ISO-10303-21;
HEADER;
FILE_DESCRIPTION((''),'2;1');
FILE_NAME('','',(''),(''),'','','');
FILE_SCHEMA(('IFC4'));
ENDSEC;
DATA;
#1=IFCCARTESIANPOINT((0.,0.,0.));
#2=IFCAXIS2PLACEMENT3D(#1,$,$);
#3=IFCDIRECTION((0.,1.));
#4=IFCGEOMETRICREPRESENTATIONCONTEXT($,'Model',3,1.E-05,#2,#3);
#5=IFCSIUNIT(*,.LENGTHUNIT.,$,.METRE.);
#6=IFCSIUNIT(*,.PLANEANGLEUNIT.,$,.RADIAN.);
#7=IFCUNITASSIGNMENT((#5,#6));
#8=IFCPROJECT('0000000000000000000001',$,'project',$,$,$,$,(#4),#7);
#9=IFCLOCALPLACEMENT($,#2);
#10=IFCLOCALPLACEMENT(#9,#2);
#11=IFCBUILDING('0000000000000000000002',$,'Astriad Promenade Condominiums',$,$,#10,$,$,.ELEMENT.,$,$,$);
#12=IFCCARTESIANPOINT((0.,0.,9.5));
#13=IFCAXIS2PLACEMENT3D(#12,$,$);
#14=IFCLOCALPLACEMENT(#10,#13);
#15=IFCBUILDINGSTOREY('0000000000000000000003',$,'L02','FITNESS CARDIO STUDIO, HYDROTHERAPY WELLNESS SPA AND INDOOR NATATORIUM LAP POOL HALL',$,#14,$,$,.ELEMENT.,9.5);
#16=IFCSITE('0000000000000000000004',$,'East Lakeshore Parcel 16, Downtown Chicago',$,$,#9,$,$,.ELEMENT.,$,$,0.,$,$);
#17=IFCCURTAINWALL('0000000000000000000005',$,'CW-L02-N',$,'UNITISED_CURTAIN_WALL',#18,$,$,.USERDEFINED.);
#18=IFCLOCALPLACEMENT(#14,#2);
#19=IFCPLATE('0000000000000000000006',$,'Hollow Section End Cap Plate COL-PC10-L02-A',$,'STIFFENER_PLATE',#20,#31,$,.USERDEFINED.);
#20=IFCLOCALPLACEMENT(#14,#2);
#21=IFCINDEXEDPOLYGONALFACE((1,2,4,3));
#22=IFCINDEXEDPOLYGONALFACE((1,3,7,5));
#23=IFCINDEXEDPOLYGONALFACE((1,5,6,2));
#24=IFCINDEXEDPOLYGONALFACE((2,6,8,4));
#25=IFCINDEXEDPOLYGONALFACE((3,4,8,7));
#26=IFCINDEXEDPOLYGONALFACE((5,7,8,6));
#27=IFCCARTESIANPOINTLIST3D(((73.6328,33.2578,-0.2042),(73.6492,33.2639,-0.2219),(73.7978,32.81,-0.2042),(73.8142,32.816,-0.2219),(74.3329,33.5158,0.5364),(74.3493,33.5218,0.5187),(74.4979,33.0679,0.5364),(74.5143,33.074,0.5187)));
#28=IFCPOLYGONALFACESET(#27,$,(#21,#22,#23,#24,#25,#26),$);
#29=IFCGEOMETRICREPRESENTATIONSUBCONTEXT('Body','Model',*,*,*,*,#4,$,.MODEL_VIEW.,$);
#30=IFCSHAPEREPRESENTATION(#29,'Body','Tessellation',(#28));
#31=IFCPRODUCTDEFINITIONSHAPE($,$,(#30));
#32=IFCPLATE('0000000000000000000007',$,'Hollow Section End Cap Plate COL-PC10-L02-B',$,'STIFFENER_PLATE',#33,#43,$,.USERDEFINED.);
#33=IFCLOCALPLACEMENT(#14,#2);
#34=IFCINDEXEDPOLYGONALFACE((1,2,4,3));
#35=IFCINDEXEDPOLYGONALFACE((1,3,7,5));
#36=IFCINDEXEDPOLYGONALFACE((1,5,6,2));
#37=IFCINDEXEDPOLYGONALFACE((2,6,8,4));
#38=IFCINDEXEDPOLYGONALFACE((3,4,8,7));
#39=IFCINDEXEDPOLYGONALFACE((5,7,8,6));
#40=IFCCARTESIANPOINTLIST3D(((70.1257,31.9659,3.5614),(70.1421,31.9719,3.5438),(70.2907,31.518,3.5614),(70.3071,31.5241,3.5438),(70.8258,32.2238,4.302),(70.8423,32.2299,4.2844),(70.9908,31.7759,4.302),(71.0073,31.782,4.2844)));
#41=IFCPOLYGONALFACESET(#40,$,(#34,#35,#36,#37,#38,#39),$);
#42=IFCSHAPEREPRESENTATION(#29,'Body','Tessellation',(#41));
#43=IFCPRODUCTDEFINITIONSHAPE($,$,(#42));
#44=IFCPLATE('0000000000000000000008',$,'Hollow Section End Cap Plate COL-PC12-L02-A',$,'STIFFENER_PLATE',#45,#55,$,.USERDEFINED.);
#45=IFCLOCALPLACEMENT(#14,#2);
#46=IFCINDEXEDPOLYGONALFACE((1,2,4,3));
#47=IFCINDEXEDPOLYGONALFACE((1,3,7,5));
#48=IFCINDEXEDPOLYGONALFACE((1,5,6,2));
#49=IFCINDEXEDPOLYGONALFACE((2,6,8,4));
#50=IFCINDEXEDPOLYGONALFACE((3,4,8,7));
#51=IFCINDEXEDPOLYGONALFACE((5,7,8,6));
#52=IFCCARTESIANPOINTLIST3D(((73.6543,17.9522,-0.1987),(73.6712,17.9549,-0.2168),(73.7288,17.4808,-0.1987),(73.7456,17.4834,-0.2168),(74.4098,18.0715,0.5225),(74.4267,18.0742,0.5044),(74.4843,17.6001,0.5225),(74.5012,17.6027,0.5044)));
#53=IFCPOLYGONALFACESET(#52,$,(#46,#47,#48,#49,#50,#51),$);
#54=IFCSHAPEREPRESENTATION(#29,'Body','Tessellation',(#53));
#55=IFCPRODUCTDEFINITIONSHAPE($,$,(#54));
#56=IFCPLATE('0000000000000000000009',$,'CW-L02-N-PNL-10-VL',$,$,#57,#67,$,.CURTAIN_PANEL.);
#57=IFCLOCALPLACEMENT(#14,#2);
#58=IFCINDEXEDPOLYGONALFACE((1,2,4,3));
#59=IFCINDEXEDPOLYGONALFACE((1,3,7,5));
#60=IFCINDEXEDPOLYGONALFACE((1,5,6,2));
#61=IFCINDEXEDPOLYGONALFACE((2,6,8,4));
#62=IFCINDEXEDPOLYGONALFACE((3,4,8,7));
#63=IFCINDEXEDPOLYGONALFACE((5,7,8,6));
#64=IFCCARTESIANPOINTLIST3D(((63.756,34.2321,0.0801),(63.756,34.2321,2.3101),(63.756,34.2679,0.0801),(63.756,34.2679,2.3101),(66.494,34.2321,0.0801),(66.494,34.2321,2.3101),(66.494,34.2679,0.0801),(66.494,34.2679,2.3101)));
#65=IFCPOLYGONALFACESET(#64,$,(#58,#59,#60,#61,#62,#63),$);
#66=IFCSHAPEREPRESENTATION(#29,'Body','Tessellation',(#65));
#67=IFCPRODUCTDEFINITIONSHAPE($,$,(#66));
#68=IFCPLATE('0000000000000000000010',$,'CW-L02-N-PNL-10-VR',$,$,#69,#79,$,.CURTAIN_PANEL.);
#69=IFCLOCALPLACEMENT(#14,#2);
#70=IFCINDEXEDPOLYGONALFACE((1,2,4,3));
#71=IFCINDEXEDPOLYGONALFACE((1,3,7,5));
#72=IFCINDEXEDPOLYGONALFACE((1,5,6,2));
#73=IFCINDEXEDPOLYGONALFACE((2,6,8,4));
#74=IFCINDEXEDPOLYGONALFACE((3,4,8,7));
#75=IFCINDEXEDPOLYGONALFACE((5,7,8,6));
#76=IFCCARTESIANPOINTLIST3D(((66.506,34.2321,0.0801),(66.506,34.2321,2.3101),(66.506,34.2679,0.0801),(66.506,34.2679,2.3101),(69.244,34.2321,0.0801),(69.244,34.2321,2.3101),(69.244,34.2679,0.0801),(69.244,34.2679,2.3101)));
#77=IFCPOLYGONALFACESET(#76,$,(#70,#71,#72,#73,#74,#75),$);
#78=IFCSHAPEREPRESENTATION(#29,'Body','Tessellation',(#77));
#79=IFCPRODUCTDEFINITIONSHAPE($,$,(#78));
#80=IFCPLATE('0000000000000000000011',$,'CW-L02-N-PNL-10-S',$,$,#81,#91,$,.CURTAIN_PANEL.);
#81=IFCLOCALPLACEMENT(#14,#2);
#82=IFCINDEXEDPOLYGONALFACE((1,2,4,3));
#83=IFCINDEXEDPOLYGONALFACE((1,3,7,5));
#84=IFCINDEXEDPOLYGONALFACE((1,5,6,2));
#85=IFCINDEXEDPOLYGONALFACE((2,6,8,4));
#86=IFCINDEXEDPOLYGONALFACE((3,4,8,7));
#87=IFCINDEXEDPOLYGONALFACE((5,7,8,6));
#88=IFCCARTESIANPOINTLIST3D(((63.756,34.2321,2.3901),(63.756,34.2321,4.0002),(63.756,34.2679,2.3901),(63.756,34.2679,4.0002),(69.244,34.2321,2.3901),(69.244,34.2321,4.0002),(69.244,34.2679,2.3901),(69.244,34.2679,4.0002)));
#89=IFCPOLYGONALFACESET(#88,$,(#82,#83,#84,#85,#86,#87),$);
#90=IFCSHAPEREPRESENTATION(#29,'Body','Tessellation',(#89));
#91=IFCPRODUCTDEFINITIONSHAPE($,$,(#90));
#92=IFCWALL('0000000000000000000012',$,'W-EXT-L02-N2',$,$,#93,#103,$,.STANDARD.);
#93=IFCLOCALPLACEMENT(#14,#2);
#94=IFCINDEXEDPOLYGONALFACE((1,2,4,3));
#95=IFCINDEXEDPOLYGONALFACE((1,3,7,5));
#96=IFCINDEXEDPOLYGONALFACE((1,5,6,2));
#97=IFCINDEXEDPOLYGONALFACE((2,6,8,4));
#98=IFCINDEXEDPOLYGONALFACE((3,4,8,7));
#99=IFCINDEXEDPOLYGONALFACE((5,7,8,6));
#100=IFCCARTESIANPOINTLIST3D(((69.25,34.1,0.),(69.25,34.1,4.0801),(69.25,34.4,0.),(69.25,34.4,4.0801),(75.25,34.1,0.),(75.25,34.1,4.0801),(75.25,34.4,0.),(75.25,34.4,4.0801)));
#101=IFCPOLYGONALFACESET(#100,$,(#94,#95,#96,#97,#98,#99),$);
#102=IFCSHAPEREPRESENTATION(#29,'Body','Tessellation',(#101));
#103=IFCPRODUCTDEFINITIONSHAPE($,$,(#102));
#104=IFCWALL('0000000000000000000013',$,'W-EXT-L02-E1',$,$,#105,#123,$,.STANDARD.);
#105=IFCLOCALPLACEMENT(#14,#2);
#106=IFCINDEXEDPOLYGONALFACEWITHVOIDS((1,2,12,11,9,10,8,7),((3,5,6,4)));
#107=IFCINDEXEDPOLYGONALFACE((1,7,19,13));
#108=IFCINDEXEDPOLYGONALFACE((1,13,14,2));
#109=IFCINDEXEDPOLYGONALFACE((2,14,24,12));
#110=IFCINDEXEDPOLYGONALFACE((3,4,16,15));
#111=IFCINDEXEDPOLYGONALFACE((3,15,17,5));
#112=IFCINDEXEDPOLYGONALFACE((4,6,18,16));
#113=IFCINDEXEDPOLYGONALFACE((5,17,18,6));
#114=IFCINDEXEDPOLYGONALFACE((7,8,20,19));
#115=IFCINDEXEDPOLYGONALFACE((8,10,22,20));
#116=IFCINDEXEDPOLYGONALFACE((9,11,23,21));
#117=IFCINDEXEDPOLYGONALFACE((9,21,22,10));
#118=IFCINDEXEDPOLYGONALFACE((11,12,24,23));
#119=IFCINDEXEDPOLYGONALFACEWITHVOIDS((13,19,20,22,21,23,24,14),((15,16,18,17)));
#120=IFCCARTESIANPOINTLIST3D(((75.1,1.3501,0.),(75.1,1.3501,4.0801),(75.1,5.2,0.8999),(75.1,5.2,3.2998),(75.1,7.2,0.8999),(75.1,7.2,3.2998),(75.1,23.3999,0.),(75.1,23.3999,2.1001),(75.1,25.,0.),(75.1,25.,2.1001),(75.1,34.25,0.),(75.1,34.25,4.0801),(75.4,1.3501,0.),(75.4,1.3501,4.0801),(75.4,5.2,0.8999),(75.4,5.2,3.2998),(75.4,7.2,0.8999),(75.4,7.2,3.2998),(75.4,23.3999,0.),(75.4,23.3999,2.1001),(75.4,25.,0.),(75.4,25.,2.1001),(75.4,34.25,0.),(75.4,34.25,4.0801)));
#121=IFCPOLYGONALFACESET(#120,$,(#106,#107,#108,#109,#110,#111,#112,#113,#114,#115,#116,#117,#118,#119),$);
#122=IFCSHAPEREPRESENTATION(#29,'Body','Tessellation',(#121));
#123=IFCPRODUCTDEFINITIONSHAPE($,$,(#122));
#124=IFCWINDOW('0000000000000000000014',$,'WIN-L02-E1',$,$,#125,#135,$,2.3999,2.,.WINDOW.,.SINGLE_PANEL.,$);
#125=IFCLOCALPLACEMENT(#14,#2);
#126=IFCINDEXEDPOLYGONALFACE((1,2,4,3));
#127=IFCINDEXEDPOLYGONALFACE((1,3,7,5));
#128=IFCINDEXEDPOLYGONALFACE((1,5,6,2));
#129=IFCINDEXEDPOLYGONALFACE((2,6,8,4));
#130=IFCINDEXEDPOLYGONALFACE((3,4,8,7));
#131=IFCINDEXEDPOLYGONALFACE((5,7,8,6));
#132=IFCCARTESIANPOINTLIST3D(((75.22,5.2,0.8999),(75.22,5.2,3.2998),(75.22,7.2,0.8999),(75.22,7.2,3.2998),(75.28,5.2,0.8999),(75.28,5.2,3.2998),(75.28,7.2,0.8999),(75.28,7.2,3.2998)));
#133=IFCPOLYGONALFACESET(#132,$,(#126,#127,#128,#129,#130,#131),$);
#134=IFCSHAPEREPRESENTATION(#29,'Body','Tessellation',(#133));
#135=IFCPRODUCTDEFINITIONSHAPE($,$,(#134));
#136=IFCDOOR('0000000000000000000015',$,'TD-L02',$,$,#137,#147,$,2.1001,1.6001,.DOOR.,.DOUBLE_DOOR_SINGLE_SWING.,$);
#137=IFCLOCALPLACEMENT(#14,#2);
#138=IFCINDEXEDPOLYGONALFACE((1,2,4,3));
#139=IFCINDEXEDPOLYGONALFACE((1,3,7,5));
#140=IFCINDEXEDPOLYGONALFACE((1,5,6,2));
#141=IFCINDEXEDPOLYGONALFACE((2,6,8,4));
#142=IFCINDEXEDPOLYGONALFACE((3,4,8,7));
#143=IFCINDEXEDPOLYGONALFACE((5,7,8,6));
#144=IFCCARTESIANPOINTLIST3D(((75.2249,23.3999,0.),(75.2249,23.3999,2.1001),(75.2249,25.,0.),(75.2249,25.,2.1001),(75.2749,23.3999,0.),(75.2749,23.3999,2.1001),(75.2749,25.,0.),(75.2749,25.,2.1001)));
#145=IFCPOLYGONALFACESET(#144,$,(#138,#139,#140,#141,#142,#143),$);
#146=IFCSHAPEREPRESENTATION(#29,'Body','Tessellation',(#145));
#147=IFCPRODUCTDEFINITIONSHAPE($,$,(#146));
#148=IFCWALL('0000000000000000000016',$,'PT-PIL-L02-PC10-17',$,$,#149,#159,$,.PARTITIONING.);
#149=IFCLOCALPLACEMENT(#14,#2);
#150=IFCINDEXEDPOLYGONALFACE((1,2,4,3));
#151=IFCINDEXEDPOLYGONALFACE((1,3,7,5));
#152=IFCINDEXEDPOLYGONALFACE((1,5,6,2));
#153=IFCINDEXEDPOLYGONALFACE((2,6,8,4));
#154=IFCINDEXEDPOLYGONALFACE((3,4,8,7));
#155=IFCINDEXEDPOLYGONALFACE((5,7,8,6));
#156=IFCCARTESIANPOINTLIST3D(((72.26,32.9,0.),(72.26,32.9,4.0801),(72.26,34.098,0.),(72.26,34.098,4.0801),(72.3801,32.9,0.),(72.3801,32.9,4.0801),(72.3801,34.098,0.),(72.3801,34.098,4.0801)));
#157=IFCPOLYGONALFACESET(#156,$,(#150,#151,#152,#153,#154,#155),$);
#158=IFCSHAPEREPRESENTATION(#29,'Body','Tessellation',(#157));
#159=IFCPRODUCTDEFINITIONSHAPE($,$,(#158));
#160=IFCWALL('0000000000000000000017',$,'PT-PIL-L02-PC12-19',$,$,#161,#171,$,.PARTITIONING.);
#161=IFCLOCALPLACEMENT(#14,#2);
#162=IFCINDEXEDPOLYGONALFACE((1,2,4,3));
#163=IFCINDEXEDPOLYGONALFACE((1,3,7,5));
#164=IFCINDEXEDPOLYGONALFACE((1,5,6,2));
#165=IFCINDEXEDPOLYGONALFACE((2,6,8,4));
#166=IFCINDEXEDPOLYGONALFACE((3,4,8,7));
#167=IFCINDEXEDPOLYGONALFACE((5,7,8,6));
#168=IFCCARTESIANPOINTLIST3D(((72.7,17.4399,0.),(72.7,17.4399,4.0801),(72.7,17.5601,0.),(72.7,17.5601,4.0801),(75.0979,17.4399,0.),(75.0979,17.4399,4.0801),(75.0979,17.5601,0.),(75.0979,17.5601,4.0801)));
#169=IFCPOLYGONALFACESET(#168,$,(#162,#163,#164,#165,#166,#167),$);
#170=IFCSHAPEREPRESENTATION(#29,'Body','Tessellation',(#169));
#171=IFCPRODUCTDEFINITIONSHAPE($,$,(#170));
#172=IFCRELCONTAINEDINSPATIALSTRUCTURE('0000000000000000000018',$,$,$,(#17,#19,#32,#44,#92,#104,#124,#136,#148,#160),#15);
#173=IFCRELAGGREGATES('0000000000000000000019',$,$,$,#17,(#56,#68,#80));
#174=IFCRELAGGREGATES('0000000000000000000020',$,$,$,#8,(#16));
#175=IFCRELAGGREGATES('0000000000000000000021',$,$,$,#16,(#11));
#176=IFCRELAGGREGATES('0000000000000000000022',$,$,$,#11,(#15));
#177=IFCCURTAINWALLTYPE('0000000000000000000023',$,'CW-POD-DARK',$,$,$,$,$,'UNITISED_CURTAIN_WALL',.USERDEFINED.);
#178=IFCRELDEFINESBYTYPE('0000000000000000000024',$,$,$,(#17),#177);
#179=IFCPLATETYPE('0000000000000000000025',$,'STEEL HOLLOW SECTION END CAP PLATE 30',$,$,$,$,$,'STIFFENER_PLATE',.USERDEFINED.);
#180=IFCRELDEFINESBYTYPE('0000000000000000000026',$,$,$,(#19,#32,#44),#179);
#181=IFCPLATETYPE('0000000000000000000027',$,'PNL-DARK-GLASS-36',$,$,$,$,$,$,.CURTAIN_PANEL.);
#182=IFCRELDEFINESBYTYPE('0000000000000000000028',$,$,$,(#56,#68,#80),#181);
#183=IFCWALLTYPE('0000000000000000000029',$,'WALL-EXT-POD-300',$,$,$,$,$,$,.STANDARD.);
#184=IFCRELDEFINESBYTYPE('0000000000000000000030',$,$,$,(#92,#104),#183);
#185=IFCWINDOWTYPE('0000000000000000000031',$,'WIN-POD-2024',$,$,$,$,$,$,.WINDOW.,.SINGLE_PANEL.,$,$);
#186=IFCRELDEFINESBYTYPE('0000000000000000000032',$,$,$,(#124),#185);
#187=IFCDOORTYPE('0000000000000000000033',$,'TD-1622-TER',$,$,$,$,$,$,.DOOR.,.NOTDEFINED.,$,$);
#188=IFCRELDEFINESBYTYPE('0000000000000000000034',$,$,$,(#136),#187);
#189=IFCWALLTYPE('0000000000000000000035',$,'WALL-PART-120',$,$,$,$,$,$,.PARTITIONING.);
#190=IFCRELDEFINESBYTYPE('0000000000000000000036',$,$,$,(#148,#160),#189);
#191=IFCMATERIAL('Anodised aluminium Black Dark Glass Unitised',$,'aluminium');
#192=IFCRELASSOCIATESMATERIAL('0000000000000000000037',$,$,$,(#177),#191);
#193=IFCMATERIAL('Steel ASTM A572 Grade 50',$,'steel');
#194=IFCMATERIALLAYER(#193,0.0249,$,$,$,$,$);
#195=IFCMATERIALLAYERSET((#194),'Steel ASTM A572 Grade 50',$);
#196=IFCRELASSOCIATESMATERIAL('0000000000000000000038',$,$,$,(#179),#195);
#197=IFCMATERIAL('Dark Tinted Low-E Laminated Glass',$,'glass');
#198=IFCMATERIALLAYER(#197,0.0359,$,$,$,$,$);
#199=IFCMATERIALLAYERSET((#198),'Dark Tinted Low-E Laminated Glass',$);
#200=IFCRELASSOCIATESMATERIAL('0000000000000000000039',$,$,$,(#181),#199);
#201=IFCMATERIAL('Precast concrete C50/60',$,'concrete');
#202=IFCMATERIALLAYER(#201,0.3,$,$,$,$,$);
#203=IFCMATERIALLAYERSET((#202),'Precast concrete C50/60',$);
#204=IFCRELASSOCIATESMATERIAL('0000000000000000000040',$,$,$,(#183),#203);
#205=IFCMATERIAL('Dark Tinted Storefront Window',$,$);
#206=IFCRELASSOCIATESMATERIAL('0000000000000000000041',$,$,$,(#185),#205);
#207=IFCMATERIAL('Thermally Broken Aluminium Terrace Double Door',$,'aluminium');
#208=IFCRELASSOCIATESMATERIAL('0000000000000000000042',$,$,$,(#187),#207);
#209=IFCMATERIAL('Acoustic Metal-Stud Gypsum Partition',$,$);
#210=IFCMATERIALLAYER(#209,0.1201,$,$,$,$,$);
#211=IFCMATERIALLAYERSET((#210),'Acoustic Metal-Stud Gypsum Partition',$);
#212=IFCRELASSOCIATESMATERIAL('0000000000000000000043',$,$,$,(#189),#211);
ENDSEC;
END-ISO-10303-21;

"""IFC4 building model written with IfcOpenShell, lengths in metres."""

from ifc_helpers import new_model, si_unit, direction, frame, frame_2d, origin, origin_2d, place, context, subcontext, project, spatial, rectangle, extrude, source, transform, mapped, material, layer, layer_set, type_object, type_shapes, element, fill, aggregate, save


model = new_model("IFC4")

# Units and contexts
model_context = context("Model", 3, precision=1e-05, world=origin(), true_north=direction((0.0, 1.0)))
body_context = subcontext(model_context, "Body", "Model", "MODEL_VIEW")
ifc_project = project(units=[si_unit("LENGTHUNIT", "METRE"), si_unit("PLANEANGLEUNIT", "RADIAN")], contexts=[model_context])

# Site, building, storey
site_placement = place(None, origin())
site = spatial("IfcSite", under=ifc_project, at=site_placement, Name="East Lakeshore Parcel 16, Downtown Chicago", CompositionType="ELEMENT", RefElevation=0.0)
building_placement = place(site_placement, origin())
building = spatial("IfcBuilding", under=site, at=building_placement, Name="Astriad Promenade Condominiums", CompositionType="ELEMENT")
storey_placement = place(building_placement, frame((0.0, 0.0, 9.5)))
storey = spatial("IfcBuildingStorey", under=building, at=storey_placement, Name="L02", Description="FITNESS CARDIO STUDIO, HYDROTHERAPY WELLNESS SPA AND INDOOR NATATORIUM LAP POOL HALL", CompositionType="ELEMENT", Elevation=9.5)

# Curtain wall
ifc_material_1 = material(Name="Anodised aluminium Black Dark Glass Unitised", Category="aluminium")
curtain_wall_type = type_object("IfcCurtainWallType", Name="CW-POD-DARK", ElementType="UNITISED_CURTAIN_WALL", PredefinedType="USERDEFINED", material=ifc_material_1)
curtain_wall_placement = place(storey_placement, origin())
curtain_wall = element("IfcCurtainWall", 1, at=curtain_wall_placement, inside=storey, type_object=curtain_wall_type, Name="CW-L02-N", ObjectType="UNITISED_CURTAIN_WALL", PredefinedType="USERDEFINED")

# Plates
ifc_material_2 = material(Name="Steel ASTM A572 Grade 50", Category="steel")
ifc_layer_1 = layer(ifc_material_2, 0.0249)
ifc_layer_set_1 = layer_set([ifc_layer_1], Name="Steel ASTM A572 Grade 50")
plate_type_1 = type_object("IfcPlateType", Name="STEEL HOLLOW SECTION END CAP PLATE 30", ElementType="STIFFENER_PLATE", PredefinedType="USERDEFINED", material=ifc_layer_set_1)
shared_shape_1 = source(origin(), body_context, "Body", "SweptSolid", [
    extrude(rectangle(XDim=0.4773, YDim=1.0513, at=origin_2d()), origin(), (0.0, 0.0, 1.0), 0.0249),
])
type_shapes(plate_type_1, [shared_shape_1])
for number, where, z_axis, x_axis, name in (
    (2, (74.0818, 33.1689, 0.1484), (-0.661031, -0.243536, 0.709738), (0.345703, -0.938344, 0.0), "Hollow Section End Cap Plate COL-PC10-L02-A"),
    (3, (70.5747, 31.877, 3.9141), (-0.661031, -0.243536, 0.709738), (0.345703, -0.938344, 0.0), "Hollow Section End Cap Plate COL-PC10-L02-B"),
    (4, (74.0862, 17.7788, 0.1438), (-0.677634, -0.107005, 0.727573), (0.155977, -0.987761, 0.0), "Hollow Section End Cap Plate COL-PC12-L02-A"),
):
    element("IfcPlate", number, at=place(storey_placement, frame(where, z_axis=z_axis, x_axis=x_axis)), inside=storey, type_object=plate_type_1, Name=name, ObjectType="STIFFENER_PLATE", PredefinedType="USERDEFINED", context=body_context, shape_type="MappedRepresentation", body=[
        mapped(shared_shape_1, transform((0.0, 0.0, 0.0), scale=1.0)),
    ])

# Plates
ifc_material_3 = material(Name="Dark Tinted Low-E Laminated Glass", Category="glass")
ifc_layer_2 = layer(ifc_material_3, 0.0359)
ifc_layer_set_2 = layer_set([ifc_layer_2], Name="Dark Tinted Low-E Laminated Glass")
plate_type_2 = type_object("IfcPlateType", Name="PNL-DARK-GLASS-36", PredefinedType="CURTAIN_PANEL", material=ifc_layer_set_2)
shared_shape_2 = source(origin(), body_context, "Body", "SweptSolid", [
    extrude(rectangle(XDim=2.738, YDim=0.0359, at=origin_2d()), origin(), (0.0, 0.0, 1.0), 2.23),
])
plate_1_placement = place(storey_placement, frame((65.125, 34.25, 0.0801), z_axis=(0.0, 0.0, 1.0), x_axis=(1.0, 0.0, 0.0)))
plate_1 = element("IfcPlate", 5, at=plate_1_placement, type_object=plate_type_2, Name="CW-L02-N-PNL-10-VL", PredefinedType="CURTAIN_PANEL", context=body_context, shape_type="MappedRepresentation", body=[
    mapped(shared_shape_2, transform((0.0, 0.0, 0.0), scale=1.0)),
])
plate_2_placement = place(storey_placement, frame((67.875, 34.25, 0.0801), z_axis=(0.0, 0.0, 1.0), x_axis=(1.0, 0.0, 0.0)))
plate_2 = element("IfcPlate", 6, at=plate_2_placement, type_object=plate_type_2, Name="CW-L02-N-PNL-10-VR", PredefinedType="CURTAIN_PANEL", context=body_context, shape_type="MappedRepresentation", body=[
    mapped(shared_shape_2, transform((0.0, 0.0, 0.0), scale=1.0)),
])
shared_shape_3 = source(origin(), body_context, "Body", "SweptSolid", [
    extrude(rectangle(XDim=5.488, YDim=0.0359, at=origin_2d()), origin(), (0.0, 0.0, 1.0), 1.6101),
])
type_shapes(plate_type_2, [shared_shape_2, shared_shape_3])
plate_3_placement = place(storey_placement, frame((66.5, 34.25, 2.3901), z_axis=(0.0, 0.0, 1.0), x_axis=(1.0, 0.0, 0.0)))
plate_3 = element("IfcPlate", 7, at=plate_3_placement, type_object=plate_type_2, Name="CW-L02-N-PNL-10-S", PredefinedType="CURTAIN_PANEL", context=body_context, shape_type="MappedRepresentation", body=[
    mapped(shared_shape_3, transform((0.0, 0.0, 0.0), scale=1.0)),
])
aggregate(curtain_wall, [plate_1, plate_2, plate_3])

# Wall
ifc_material_4 = material(Name="Precast concrete C50/60", Category="concrete")
ifc_layer_3 = layer(ifc_material_4, 0.3)
ifc_layer_set_3 = layer_set([ifc_layer_3], Name="Precast concrete C50/60")
wall_type_1 = type_object("IfcWallType", Name="WALL-EXT-POD-300", PredefinedType="STANDARD", material=ifc_layer_set_3)
wall_1_placement = place(storey_placement, frame((69.25, 34.25, 0.0), z_axis=(0.0, 0.0, 1.0), x_axis=(1.0, 0.0, 0.0)))
element("IfcWall", 8, at=wall_1_placement, inside=storey, type_object=wall_type_1, Name="W-EXT-L02-N2", PredefinedType="STANDARD", context=body_context, shape_type="SweptSolid", body=[
    extrude(rectangle(XDim=6.0, YDim=0.3, at=frame_2d((3.0, 0.0))), origin(), (0.0, 0.0, 1.0), 4.0801),
])

# Wall, openings, window, door
wall_2_placement = place(storey_placement, frame((75.25, 34.25, 0.0), z_axis=(0.0, 0.0, 1.0), x_axis=(0.0, -1.0, 0.0)))
wall_2 = element("IfcWall", 9, at=wall_2_placement, inside=storey, type_object=wall_type_1, Name="W-EXT-L02-E1", PredefinedType="STANDARD", context=body_context, shape_type="SweptSolid", body=[
    extrude(rectangle(XDim=32.8999, YDim=0.3, at=frame_2d((16.45, 0.0))), origin(), (0.0, 0.0, 1.0), 4.0801),
])
opening_1_placement = place(wall_2_placement, frame((9.25, 0.0, 0.0)))
opening_1 = element("IfcOpeningElement", 10, at=opening_1_placement, cuts=wall_2, PredefinedType="OPENING", context=body_context, shape_type="SweptSolid", body=[
    extrude(rectangle(XDim=1.6001, YDim=2.1001, at=frame_2d((0.8, 1.05))), frame((0.0, 0.1599, 0.0), z_axis=(0.0, -1.0, 0.0), x_axis=(1.0, 0.0, 0.0)), (0.0, 0.0, 1.0), 0.3201),
])
opening_2_placement = place(wall_2_placement, frame((27.05, 0.0, 0.8999)))
opening_2 = element("IfcOpeningElement", 11, at=opening_2_placement, cuts=wall_2, PredefinedType="OPENING", context=body_context, shape_type="SweptSolid", body=[
    extrude(rectangle(XDim=2.0, YDim=2.3999, at=frame_2d((1.0, 1.2))), frame((0.0, 0.1599, 0.0), z_axis=(0.0, -1.0, 0.0), x_axis=(1.0, 0.0, 0.0)), (0.0, 0.0, 1.0), 0.3201),
])
ifc_material_5 = material(Name="Dark Tinted Storefront Window")
window_type = type_object("IfcWindowType", Name="WIN-POD-2024", PartitioningType="SINGLE_PANEL", PredefinedType="WINDOW", material=ifc_material_5)
shared_shape_4 = source(origin(), body_context, "Body", "SweptSolid", [
    extrude(rectangle(XDim=2.0, YDim=2.3999, at=frame_2d((1.0, 1.2))), frame((0.0, 0.03, 0.0), z_axis=(0.0, -1.0, 0.0), x_axis=(1.0, 0.0, 0.0)), (0.0, 0.0, 1.0), 0.0601),
])
type_shapes(window_type, [shared_shape_4])
window_placement = place(opening_2_placement, origin())
window = element("IfcWindow", 12, at=window_placement, inside=storey, type_object=window_type, Name="WIN-L02-E1", OverallHeight=2.3999, OverallWidth=2.0, PartitioningType="SINGLE_PANEL", PredefinedType="WINDOW", context=body_context, shape_type="MappedRepresentation", body=[
    mapped(shared_shape_4, transform((0.0, 0.0, 0.0), scale=1.0)),
])
fill(opening_2, window)
ifc_material_6 = material(Name="Thermally Broken Aluminium Terrace Double Door", Category="aluminium")
door_type = type_object("IfcDoorType", Name="TD-1622-TER", OperationType="NOTDEFINED", PredefinedType="DOOR", material=ifc_material_6)
shared_shape_5 = source(origin(), body_context, "Body", "SweptSolid", [
    extrude(rectangle(XDim=1.6001, YDim=2.1001, at=frame_2d((0.8, 1.05))), frame((0.0, 0.0249, 0.0), z_axis=(0.0, -1.0, 0.0), x_axis=(1.0, 0.0, 0.0)), (0.0, 0.0, 1.0), 0.05),
])
type_shapes(door_type, [shared_shape_5])
door_placement = place(opening_1_placement, origin())
door = element("IfcDoor", 13, at=door_placement, inside=storey, type_object=door_type, Name="TD-L02", OperationType="DOUBLE_DOOR_SINGLE_SWING", OverallHeight=2.1001, OverallWidth=1.6001, PredefinedType="DOOR", context=body_context, shape_type="MappedRepresentation", body=[
    mapped(shared_shape_5, transform((0.0, 0.0, 0.0), scale=1.0)),
])
fill(opening_1, door)

# Walls
ifc_material_7 = material(Name="Acoustic Metal-Stud Gypsum Partition")
ifc_layer_4 = layer(ifc_material_7, 0.1201)
ifc_layer_set_4 = layer_set([ifc_layer_4], Name="Acoustic Metal-Stud Gypsum Partition")
wall_type_2 = type_object("IfcWallType", Name="WALL-PART-120", PredefinedType="PARTITIONING", material=ifc_layer_set_4)
wall_3_placement = place(storey_placement, frame((72.3201, 32.8999, 0.0), z_axis=(0.0, 0.0, 1.0), x_axis=(0.0, 1.0, 0.0)))
element("IfcWall", 14, at=wall_3_placement, inside=storey, type_object=wall_type_2, Name="PT-PIL-L02-PC10-17", PredefinedType="PARTITIONING", context=body_context, shape_type="SweptSolid", body=[
    extrude(rectangle(XDim=1.198, YDim=0.1201, at=frame_2d((0.5991, 0.0))), origin(), (0.0, 0.0, 1.0), 4.0801),
])
wall_4_placement = place(storey_placement, frame((72.7, 17.5, 0.0), z_axis=(0.0, 0.0, 1.0), x_axis=(1.0, 0.0, 0.0)))
element("IfcWall", 15, at=wall_4_placement, inside=storey, type_object=wall_type_2, Name="PT-PIL-L02-PC12-19", PredefinedType="PARTITIONING", context=body_context, shape_type="SweptSolid", body=[
    extrude(rectangle(XDim=2.3979, YDim=0.1201, at=frame_2d((1.199, 0.0))), origin(), (0.0, 0.0, 1.0), 4.0801),
])

save(model, "model.ifc")
